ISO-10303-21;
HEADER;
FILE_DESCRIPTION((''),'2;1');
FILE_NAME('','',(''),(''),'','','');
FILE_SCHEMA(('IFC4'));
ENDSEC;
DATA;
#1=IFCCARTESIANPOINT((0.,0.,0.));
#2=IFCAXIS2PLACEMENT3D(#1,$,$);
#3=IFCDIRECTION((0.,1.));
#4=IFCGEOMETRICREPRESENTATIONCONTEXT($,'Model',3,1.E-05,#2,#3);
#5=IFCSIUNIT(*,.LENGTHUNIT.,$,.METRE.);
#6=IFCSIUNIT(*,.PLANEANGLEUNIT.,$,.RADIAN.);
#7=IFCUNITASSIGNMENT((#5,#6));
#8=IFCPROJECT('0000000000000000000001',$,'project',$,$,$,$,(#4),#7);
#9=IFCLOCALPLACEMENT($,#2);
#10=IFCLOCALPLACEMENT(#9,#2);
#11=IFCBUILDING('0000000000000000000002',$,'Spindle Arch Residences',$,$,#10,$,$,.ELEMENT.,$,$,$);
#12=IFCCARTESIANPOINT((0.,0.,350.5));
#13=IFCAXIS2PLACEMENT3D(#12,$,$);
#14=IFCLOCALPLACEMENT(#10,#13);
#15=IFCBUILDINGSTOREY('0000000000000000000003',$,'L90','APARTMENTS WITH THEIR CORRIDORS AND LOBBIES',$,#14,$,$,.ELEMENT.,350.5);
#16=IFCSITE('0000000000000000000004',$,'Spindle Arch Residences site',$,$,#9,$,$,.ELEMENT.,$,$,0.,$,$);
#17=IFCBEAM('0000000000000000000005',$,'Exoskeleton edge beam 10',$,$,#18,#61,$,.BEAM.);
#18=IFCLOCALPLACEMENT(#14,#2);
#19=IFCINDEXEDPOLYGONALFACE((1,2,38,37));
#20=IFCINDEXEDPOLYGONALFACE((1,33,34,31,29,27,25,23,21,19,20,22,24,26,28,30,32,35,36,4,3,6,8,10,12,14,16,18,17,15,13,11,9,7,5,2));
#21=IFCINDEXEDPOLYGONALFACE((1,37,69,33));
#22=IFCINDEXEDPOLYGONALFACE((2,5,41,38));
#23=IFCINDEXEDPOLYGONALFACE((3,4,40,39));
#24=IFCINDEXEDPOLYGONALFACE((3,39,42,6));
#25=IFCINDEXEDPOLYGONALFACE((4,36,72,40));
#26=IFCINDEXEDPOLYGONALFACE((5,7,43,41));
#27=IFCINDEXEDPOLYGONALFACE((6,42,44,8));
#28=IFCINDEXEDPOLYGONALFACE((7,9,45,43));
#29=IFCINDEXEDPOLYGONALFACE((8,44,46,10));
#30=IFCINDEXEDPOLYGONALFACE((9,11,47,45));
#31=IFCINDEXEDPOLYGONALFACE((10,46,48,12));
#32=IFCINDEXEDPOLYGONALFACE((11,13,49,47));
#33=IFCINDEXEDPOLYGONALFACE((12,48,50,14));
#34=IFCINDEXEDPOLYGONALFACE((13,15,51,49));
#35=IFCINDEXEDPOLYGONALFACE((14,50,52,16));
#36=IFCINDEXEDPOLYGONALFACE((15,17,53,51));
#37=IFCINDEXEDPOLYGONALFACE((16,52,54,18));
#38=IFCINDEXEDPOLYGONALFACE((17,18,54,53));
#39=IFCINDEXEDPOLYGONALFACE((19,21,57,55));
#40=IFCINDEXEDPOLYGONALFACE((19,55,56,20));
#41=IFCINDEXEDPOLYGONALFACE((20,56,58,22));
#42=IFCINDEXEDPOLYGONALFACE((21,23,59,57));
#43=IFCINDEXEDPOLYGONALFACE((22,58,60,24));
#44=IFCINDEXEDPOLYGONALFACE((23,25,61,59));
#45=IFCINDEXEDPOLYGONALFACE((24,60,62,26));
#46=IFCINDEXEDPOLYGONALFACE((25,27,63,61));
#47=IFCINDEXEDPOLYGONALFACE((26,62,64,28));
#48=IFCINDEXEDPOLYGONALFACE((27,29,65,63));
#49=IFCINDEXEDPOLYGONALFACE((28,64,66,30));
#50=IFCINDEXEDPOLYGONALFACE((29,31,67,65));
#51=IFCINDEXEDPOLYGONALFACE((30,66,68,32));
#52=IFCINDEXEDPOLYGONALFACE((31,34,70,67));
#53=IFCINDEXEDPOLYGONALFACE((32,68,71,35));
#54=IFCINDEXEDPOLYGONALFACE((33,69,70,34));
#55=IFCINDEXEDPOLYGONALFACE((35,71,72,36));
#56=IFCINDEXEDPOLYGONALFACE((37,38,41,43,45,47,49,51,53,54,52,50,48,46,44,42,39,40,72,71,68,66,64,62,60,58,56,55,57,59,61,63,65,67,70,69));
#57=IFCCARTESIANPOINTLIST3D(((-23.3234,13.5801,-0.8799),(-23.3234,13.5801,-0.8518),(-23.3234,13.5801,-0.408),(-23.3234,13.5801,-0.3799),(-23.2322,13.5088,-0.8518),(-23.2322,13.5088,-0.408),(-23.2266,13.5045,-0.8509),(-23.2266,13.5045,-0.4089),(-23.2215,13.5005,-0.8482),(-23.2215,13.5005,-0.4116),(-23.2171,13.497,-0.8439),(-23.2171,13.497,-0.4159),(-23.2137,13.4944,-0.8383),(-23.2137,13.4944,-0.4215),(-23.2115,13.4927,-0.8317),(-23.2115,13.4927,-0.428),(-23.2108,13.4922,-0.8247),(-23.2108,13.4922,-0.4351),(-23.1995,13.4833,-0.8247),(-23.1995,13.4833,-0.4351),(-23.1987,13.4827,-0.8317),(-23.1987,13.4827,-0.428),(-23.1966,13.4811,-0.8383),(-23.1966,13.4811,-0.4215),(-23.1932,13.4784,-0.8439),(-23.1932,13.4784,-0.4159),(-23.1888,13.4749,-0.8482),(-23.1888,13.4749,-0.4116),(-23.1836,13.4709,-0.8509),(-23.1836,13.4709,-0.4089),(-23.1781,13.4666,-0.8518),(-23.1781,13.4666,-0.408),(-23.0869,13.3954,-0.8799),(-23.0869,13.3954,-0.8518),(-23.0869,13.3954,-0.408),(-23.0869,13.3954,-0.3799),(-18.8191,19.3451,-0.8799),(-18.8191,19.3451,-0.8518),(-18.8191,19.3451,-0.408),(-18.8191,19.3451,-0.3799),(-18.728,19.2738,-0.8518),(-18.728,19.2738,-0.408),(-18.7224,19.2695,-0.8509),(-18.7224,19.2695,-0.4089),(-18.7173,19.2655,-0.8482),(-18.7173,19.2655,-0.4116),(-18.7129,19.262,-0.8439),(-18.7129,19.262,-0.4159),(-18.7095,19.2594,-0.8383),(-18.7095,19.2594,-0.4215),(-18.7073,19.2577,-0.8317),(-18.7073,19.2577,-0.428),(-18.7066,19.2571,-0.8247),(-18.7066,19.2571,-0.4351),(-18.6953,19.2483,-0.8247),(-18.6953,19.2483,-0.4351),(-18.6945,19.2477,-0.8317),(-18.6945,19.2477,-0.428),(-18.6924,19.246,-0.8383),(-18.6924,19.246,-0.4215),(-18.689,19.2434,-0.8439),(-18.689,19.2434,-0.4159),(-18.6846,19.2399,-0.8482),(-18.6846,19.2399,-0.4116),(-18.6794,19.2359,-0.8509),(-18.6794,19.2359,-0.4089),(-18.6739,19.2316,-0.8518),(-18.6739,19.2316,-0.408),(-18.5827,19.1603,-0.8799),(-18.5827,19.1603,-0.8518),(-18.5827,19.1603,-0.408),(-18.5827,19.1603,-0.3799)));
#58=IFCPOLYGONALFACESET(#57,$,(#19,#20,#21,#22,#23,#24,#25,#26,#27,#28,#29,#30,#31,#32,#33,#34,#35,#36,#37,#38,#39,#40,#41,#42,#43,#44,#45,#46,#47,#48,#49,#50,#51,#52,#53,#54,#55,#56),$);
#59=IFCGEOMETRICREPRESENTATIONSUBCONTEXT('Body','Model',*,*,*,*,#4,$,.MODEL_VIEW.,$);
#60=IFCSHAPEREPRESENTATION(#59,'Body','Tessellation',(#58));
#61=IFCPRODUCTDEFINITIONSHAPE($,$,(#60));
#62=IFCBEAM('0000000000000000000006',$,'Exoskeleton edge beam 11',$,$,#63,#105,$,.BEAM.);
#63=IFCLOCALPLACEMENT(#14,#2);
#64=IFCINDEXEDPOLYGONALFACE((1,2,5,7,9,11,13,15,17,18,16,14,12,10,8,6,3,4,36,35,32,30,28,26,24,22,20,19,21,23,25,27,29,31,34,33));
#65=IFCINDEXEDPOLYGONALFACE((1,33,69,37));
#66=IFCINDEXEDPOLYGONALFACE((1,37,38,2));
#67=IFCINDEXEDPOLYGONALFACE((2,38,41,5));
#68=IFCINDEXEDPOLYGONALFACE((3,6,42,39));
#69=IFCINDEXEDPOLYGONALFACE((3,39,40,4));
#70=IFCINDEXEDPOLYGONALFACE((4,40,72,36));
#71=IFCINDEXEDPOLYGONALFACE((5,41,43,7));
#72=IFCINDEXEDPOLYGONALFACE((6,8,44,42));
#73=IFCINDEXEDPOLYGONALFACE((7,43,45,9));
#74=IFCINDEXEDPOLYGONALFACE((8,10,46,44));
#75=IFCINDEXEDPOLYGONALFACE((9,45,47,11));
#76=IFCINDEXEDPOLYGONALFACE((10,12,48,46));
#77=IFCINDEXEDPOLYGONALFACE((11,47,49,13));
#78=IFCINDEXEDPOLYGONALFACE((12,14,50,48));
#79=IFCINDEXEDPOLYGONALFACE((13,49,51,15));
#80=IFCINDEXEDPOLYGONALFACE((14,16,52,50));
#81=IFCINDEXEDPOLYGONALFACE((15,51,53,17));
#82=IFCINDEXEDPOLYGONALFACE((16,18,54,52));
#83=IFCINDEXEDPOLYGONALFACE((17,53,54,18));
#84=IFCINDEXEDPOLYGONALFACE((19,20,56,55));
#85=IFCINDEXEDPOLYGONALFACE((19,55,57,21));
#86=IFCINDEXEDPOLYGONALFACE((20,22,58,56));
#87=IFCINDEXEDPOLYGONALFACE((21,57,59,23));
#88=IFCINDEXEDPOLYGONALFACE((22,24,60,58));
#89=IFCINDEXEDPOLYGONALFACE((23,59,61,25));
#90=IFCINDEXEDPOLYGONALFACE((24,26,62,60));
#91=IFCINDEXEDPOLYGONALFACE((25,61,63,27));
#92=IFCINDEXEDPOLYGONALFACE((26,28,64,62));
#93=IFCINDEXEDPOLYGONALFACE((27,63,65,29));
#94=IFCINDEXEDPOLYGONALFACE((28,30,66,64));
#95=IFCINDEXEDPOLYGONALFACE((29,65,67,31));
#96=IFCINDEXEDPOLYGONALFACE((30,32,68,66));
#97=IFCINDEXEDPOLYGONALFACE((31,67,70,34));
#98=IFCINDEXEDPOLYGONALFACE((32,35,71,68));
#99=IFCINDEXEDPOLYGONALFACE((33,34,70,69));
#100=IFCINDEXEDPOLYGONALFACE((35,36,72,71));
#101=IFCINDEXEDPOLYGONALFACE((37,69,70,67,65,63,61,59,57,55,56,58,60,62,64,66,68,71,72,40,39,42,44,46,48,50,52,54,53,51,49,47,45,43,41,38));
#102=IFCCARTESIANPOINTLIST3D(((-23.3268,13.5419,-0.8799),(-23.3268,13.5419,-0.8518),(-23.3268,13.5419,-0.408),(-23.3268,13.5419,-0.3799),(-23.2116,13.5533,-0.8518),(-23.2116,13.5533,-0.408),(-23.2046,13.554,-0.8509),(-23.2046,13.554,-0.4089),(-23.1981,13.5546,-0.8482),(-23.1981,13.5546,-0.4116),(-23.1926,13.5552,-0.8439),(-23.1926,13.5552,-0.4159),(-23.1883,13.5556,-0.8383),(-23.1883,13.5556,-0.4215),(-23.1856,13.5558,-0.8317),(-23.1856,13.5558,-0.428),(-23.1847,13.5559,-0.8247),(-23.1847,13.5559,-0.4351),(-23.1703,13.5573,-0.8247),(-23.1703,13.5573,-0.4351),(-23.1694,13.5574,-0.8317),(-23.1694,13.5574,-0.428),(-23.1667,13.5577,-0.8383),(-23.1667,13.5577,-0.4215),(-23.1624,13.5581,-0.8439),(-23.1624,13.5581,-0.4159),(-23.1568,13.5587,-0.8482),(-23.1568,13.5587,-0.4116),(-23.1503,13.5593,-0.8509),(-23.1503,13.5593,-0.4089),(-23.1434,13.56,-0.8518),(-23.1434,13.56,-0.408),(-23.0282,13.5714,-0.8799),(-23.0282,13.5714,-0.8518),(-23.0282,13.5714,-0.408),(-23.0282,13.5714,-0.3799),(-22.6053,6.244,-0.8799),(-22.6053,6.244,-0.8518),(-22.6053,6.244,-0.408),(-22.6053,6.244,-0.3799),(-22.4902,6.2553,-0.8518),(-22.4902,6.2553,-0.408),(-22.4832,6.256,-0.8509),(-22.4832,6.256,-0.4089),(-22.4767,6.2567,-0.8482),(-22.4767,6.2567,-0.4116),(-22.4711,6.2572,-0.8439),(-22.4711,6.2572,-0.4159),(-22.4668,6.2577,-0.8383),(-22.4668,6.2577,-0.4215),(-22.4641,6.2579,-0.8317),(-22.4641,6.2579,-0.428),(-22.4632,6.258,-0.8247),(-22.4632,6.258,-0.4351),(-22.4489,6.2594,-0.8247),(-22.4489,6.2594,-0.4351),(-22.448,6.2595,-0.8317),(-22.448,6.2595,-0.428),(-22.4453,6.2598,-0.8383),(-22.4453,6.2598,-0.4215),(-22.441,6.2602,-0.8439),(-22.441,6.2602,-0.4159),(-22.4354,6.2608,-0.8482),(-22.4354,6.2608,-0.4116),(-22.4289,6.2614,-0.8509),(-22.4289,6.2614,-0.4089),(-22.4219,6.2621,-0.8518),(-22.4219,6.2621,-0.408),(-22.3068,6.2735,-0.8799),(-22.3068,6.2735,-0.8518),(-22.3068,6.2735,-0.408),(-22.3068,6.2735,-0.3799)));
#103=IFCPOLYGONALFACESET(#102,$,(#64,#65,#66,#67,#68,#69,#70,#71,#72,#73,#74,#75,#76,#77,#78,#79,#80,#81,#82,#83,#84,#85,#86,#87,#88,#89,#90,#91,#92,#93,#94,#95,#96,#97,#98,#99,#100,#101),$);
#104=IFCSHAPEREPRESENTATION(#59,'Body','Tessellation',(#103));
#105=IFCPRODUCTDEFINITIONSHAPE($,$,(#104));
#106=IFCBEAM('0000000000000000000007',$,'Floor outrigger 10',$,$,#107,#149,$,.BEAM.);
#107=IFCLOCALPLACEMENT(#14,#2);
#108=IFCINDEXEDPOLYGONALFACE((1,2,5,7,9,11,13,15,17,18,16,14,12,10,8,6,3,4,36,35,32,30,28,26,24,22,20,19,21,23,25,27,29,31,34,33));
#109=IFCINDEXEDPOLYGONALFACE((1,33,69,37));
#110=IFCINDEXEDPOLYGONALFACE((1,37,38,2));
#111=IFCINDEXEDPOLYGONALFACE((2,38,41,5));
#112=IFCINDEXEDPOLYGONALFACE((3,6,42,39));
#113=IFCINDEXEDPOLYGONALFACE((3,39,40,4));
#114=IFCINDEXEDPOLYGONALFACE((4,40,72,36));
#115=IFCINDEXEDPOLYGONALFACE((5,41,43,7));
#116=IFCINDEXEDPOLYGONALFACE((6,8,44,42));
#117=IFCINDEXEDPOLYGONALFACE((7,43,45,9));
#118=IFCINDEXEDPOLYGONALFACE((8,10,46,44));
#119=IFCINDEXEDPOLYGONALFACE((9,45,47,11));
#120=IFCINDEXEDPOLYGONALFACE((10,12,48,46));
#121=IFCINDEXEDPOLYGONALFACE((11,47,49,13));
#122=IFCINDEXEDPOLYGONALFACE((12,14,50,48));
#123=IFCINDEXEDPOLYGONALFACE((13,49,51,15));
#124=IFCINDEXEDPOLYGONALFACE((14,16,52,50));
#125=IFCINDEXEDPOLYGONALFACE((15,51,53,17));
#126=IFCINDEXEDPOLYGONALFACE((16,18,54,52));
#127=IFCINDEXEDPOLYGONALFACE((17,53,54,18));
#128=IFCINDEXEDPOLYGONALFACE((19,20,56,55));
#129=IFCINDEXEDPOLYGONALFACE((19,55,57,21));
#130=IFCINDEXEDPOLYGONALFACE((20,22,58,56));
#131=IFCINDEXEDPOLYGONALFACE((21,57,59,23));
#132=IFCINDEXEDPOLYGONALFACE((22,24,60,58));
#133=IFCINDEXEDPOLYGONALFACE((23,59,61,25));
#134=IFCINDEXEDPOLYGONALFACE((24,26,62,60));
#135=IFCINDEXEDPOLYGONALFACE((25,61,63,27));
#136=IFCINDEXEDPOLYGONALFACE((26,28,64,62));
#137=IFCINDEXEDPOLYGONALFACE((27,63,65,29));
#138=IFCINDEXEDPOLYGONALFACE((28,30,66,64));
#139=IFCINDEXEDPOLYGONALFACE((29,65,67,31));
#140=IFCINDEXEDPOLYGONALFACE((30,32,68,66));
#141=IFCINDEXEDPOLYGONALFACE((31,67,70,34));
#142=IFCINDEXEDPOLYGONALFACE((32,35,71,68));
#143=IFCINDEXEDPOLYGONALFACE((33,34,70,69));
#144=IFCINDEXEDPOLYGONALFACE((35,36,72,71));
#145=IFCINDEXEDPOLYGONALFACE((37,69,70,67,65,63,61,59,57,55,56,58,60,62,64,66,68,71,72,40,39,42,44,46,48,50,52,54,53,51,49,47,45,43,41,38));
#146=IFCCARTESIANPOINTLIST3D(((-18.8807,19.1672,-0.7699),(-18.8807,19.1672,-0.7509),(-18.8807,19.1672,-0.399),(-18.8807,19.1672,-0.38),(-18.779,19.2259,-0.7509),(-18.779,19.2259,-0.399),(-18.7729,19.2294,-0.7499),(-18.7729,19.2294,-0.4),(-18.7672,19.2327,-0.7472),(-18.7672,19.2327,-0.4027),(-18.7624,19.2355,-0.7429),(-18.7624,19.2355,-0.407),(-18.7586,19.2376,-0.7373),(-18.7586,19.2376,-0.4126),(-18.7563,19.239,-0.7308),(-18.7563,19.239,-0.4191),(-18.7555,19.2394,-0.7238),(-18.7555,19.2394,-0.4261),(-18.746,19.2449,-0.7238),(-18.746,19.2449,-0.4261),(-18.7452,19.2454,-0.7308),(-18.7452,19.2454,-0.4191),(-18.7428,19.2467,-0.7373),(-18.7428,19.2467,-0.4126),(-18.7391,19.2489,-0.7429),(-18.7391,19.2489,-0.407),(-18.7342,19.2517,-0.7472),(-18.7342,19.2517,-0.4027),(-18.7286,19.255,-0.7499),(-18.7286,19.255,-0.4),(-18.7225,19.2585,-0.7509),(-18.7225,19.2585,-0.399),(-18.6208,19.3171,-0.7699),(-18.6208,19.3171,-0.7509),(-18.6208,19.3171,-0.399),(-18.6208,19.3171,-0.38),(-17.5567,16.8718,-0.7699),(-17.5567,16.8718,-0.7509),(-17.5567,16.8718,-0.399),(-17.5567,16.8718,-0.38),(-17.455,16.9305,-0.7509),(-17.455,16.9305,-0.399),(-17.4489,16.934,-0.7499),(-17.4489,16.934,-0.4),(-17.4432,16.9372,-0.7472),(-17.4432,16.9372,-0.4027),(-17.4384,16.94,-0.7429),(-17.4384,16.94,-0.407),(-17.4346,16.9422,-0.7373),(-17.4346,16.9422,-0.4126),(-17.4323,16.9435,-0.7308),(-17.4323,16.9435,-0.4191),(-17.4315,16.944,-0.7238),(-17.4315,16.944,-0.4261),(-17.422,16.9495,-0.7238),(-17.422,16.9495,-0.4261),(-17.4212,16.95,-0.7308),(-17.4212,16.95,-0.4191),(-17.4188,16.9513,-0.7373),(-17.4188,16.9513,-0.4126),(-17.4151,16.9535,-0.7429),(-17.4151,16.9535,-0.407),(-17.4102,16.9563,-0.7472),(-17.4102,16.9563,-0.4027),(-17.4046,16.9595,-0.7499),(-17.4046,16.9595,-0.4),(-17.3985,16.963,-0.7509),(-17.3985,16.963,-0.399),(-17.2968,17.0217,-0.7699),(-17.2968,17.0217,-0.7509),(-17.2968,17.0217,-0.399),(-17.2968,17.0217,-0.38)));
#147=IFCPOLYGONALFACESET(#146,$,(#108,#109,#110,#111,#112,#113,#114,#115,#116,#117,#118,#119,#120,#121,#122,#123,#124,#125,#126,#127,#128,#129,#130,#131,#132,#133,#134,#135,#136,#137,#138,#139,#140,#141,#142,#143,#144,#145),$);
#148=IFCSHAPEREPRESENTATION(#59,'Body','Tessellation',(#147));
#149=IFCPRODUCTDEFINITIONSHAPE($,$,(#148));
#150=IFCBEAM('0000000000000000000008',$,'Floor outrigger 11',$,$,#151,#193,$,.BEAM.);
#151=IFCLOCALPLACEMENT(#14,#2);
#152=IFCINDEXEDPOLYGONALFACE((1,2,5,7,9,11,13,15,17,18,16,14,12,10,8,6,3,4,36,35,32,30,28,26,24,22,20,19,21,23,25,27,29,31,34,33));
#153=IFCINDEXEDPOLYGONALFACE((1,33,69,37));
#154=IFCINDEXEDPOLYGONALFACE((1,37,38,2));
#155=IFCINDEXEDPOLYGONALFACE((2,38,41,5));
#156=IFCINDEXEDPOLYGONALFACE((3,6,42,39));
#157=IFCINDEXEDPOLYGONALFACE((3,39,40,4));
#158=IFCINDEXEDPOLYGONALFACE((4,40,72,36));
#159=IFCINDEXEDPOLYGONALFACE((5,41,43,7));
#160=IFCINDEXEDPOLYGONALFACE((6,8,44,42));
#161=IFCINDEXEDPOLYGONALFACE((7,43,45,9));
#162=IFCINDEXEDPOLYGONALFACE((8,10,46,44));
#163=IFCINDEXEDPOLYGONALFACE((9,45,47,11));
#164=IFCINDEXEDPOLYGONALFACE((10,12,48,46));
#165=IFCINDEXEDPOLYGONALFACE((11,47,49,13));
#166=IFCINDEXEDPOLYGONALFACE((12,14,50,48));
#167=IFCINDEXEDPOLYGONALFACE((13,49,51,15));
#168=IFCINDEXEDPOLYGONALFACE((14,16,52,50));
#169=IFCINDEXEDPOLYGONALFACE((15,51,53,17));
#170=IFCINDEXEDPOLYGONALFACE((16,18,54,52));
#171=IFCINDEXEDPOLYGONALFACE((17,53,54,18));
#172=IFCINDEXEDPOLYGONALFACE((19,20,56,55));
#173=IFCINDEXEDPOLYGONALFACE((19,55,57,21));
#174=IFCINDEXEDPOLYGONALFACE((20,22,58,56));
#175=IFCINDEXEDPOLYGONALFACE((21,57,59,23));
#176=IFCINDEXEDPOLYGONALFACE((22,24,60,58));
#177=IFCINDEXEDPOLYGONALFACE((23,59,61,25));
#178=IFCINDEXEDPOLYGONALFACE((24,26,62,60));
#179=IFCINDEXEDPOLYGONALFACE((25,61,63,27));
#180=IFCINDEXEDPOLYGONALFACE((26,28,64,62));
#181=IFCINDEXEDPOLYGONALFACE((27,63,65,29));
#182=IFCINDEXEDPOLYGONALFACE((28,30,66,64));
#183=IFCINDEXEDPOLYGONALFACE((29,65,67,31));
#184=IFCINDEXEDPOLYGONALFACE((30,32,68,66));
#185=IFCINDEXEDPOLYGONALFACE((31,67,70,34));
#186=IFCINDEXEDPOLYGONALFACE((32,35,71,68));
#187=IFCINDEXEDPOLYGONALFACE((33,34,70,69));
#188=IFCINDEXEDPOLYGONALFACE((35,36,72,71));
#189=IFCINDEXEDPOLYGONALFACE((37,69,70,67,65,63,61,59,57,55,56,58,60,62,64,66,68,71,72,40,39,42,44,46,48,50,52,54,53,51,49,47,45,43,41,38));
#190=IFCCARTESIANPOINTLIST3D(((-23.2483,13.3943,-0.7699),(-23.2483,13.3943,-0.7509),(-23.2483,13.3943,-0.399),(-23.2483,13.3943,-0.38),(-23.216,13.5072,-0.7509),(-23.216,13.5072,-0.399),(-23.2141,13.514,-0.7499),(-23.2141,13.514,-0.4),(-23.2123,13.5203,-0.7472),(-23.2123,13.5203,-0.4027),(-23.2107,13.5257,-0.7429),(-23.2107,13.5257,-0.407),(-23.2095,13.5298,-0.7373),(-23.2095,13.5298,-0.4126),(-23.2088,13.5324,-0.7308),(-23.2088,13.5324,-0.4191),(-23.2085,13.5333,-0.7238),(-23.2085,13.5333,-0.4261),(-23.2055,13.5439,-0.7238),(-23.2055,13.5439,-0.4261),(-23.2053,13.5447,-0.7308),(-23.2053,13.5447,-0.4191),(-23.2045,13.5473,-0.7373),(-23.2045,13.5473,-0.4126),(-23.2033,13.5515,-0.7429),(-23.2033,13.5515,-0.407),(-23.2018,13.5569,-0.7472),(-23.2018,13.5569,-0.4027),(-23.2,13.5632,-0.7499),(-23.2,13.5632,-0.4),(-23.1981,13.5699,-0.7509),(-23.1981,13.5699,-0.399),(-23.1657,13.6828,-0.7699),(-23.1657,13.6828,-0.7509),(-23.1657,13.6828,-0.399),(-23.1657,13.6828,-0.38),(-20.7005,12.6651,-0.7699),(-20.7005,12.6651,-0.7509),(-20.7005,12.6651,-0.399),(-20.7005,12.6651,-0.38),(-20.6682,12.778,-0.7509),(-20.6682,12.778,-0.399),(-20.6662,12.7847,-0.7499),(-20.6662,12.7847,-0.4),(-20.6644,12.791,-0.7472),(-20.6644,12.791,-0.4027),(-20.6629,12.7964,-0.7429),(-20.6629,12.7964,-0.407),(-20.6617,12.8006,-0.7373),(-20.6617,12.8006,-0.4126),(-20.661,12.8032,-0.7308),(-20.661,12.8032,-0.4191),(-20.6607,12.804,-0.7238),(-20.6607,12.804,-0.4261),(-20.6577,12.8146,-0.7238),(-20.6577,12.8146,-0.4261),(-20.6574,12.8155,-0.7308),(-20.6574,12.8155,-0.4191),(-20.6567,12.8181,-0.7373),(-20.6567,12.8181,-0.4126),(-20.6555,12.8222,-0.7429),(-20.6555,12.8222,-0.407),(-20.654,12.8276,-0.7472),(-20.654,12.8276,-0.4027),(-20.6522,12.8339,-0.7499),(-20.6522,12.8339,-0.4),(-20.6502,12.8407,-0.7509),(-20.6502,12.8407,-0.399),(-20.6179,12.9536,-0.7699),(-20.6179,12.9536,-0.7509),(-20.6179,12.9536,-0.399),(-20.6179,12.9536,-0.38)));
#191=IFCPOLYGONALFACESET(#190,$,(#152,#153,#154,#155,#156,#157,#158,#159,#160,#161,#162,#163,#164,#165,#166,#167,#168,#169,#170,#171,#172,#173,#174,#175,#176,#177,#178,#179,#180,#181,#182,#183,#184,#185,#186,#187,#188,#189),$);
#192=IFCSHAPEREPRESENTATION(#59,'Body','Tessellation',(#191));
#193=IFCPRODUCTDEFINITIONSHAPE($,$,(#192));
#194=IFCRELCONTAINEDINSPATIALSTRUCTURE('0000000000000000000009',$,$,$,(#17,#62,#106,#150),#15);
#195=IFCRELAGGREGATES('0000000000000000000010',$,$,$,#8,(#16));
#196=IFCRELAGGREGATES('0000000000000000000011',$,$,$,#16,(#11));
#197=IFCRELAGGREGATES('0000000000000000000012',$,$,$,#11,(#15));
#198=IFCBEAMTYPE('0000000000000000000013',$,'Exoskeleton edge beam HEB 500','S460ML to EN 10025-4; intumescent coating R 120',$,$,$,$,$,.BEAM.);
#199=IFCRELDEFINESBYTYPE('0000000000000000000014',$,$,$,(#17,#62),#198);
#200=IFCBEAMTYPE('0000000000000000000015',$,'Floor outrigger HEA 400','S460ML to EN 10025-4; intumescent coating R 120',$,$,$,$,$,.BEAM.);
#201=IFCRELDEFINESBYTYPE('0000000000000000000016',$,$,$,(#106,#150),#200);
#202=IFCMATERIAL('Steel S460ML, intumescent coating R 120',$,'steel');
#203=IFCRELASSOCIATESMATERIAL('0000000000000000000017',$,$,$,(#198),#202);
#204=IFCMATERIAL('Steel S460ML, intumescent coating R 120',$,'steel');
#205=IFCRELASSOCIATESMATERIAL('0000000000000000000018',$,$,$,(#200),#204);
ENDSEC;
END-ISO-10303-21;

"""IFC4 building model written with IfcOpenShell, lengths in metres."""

from ifc_helpers import new_model, si_unit, direction, frame, origin, origin_2d, place, context, subcontext, project, spatial, i_section, extrude, material, material_profile, profile_set, type_object, element, save


model = new_model("IFC4")

# Units and contexts
model_context = context("Model", 3, precision=1e-05, world=origin(), true_north=direction((0.0, 1.0)))
body_context = subcontext(model_context, "Body", "Model", "MODEL_VIEW")
ifc_project = project(units=[si_unit("LENGTHUNIT", "METRE"), si_unit("PLANEANGLEUNIT", "RADIAN")], contexts=[model_context])

# Site, building, storey
site_placement = place(None, origin())
site = spatial("IfcSite", under=ifc_project, at=site_placement, Name="Spindle Arch Residences site", CompositionType="ELEMENT", RefElevation=0.0)
building_placement = place(site_placement, origin())
building = spatial("IfcBuilding", under=site, at=building_placement, Name="Spindle Arch Residences", CompositionType="ELEMENT")
storey_placement = place(building_placement, frame((0.0, 0.0, 350.5)))
storey = spatial("IfcBuildingStorey", under=building, at=storey_placement, Name="L90", Description="APARTMENTS WITH THEIR CORRIDORS AND LOBBIES", CompositionType="ELEMENT", Elevation=350.5)

# Beams
ifc_material_1 = material(Name="Steel S460ML, intumescent coating R 120", Category="steel")
ifc_material_profile_1 = material_profile(ifc_material_1, i_section(OverallWidth=0.3, OverallDepth=0.5, WebThickness=0.0144, FlangeThickness=0.0281, FilletRadius=0.0271, at=origin_2d()), Name="HEB 500")
ifc_profile_set_1 = profile_set([ifc_material_profile_1], Name="Steel S460ML, intumescent coating R 120")
beam_type_1 = type_object("IfcBeamType", Name="Exoskeleton edge beam HEB 500", Description="S460ML to EN 10025-4; intumescent coating R 120", PredefinedType="BEAM", material=ifc_profile_set_1)
beam_1_placement = place(storey_placement, frame((-18.7009, 19.2527, -0.6299), z_axis=(-0.615672, -0.788003, 0.0), x_axis=(0.788003, -0.615672, 0.0)))
element("IfcBeam", 1, at=beam_1_placement, inside=storey, type_object=beam_type_1, Name="Exoskeleton edge beam 10", PredefinedType="BEAM", context=body_context, shape_type="SweptSolid", body=[
    extrude(i_section(OverallWidth=0.3, OverallDepth=0.5, WebThickness=0.0144, FlangeThickness=0.0281, FilletRadius=0.0271, at=origin_2d()), origin(), (0.0, 0.0, 1.0), 7.3159),
])
beam_2_placement = place(storey_placement, frame((-23.1775, 13.5566, -0.6299), z_axis=(0.098376, -0.995149, 0.0), x_axis=(0.995149, 0.098376, 0.0)))
element("IfcBeam", 2, at=beam_2_placement, inside=storey, type_object=beam_type_1, Name="Exoskeleton edge beam 11", PredefinedType="BEAM", context=body_context, shape_type="SweptSolid", body=[
    extrude(i_section(OverallWidth=0.3, OverallDepth=0.5, WebThickness=0.0144, FlangeThickness=0.0281, FilletRadius=0.0271, at=origin_2d()), origin(), (0.0, 0.0, 1.0), 7.3335),
])
ifc_material_2 = material(Name="Steel S460ML, intumescent coating R 120", Category="steel")
ifc_material_profile_2 = material_profile(ifc_material_2, i_section(OverallWidth=0.3, OverallDepth=0.3899, WebThickness=0.011, FlangeThickness=0.019, FilletRadius=0.0271, at=origin_2d()), Name="HEA 400")
ifc_profile_set_2 = profile_set([ifc_material_profile_2], Name="Steel S460ML, intumescent coating R 120")
beam_type_2 = type_object("IfcBeamType", Name="Floor outrigger HEA 400", Description="S460ML to EN 10025-4; intumescent coating R 120", PredefinedType="BEAM", material=ifc_profile_set_2)
beam_3_placement = place(storey_placement, frame((-18.7507, 19.2422, -0.575), z_axis=(0.499637, -0.866235, 0.0), x_axis=(0.866235, 0.499637, 0.0)))
element("IfcBeam", 3, at=beam_3_placement, inside=storey, type_object=beam_type_2, Name="Floor outrigger 10", PredefinedType="BEAM", context=body_context, shape_type="SweptSolid", body=[
    extrude(i_section(OverallWidth=0.3, OverallDepth=0.3899, WebThickness=0.011, FlangeThickness=0.019, FilletRadius=0.0271, at=origin_2d()), origin(), (0.0, 0.0, 1.0), 2.6499),
])
beam_4_placement = place(storey_placement, frame((-23.207, 13.5386, -0.575), z_axis=(0.961395, -0.275171, 0.0), x_axis=(0.275171, 0.961395, 0.0)))
element("IfcBeam", 4, at=beam_4_placement, inside=storey, type_object=beam_type_2, Name="Floor outrigger 11", PredefinedType="BEAM", context=body_context, shape_type="SweptSolid", body=[
    extrude(i_section(OverallWidth=0.3, OverallDepth=0.3899, WebThickness=0.011, FlangeThickness=0.019, FilletRadius=0.0271, at=origin_2d()), origin(), (0.0, 0.0, 1.0), 2.6501),
])

save(model, "model.ifc")
